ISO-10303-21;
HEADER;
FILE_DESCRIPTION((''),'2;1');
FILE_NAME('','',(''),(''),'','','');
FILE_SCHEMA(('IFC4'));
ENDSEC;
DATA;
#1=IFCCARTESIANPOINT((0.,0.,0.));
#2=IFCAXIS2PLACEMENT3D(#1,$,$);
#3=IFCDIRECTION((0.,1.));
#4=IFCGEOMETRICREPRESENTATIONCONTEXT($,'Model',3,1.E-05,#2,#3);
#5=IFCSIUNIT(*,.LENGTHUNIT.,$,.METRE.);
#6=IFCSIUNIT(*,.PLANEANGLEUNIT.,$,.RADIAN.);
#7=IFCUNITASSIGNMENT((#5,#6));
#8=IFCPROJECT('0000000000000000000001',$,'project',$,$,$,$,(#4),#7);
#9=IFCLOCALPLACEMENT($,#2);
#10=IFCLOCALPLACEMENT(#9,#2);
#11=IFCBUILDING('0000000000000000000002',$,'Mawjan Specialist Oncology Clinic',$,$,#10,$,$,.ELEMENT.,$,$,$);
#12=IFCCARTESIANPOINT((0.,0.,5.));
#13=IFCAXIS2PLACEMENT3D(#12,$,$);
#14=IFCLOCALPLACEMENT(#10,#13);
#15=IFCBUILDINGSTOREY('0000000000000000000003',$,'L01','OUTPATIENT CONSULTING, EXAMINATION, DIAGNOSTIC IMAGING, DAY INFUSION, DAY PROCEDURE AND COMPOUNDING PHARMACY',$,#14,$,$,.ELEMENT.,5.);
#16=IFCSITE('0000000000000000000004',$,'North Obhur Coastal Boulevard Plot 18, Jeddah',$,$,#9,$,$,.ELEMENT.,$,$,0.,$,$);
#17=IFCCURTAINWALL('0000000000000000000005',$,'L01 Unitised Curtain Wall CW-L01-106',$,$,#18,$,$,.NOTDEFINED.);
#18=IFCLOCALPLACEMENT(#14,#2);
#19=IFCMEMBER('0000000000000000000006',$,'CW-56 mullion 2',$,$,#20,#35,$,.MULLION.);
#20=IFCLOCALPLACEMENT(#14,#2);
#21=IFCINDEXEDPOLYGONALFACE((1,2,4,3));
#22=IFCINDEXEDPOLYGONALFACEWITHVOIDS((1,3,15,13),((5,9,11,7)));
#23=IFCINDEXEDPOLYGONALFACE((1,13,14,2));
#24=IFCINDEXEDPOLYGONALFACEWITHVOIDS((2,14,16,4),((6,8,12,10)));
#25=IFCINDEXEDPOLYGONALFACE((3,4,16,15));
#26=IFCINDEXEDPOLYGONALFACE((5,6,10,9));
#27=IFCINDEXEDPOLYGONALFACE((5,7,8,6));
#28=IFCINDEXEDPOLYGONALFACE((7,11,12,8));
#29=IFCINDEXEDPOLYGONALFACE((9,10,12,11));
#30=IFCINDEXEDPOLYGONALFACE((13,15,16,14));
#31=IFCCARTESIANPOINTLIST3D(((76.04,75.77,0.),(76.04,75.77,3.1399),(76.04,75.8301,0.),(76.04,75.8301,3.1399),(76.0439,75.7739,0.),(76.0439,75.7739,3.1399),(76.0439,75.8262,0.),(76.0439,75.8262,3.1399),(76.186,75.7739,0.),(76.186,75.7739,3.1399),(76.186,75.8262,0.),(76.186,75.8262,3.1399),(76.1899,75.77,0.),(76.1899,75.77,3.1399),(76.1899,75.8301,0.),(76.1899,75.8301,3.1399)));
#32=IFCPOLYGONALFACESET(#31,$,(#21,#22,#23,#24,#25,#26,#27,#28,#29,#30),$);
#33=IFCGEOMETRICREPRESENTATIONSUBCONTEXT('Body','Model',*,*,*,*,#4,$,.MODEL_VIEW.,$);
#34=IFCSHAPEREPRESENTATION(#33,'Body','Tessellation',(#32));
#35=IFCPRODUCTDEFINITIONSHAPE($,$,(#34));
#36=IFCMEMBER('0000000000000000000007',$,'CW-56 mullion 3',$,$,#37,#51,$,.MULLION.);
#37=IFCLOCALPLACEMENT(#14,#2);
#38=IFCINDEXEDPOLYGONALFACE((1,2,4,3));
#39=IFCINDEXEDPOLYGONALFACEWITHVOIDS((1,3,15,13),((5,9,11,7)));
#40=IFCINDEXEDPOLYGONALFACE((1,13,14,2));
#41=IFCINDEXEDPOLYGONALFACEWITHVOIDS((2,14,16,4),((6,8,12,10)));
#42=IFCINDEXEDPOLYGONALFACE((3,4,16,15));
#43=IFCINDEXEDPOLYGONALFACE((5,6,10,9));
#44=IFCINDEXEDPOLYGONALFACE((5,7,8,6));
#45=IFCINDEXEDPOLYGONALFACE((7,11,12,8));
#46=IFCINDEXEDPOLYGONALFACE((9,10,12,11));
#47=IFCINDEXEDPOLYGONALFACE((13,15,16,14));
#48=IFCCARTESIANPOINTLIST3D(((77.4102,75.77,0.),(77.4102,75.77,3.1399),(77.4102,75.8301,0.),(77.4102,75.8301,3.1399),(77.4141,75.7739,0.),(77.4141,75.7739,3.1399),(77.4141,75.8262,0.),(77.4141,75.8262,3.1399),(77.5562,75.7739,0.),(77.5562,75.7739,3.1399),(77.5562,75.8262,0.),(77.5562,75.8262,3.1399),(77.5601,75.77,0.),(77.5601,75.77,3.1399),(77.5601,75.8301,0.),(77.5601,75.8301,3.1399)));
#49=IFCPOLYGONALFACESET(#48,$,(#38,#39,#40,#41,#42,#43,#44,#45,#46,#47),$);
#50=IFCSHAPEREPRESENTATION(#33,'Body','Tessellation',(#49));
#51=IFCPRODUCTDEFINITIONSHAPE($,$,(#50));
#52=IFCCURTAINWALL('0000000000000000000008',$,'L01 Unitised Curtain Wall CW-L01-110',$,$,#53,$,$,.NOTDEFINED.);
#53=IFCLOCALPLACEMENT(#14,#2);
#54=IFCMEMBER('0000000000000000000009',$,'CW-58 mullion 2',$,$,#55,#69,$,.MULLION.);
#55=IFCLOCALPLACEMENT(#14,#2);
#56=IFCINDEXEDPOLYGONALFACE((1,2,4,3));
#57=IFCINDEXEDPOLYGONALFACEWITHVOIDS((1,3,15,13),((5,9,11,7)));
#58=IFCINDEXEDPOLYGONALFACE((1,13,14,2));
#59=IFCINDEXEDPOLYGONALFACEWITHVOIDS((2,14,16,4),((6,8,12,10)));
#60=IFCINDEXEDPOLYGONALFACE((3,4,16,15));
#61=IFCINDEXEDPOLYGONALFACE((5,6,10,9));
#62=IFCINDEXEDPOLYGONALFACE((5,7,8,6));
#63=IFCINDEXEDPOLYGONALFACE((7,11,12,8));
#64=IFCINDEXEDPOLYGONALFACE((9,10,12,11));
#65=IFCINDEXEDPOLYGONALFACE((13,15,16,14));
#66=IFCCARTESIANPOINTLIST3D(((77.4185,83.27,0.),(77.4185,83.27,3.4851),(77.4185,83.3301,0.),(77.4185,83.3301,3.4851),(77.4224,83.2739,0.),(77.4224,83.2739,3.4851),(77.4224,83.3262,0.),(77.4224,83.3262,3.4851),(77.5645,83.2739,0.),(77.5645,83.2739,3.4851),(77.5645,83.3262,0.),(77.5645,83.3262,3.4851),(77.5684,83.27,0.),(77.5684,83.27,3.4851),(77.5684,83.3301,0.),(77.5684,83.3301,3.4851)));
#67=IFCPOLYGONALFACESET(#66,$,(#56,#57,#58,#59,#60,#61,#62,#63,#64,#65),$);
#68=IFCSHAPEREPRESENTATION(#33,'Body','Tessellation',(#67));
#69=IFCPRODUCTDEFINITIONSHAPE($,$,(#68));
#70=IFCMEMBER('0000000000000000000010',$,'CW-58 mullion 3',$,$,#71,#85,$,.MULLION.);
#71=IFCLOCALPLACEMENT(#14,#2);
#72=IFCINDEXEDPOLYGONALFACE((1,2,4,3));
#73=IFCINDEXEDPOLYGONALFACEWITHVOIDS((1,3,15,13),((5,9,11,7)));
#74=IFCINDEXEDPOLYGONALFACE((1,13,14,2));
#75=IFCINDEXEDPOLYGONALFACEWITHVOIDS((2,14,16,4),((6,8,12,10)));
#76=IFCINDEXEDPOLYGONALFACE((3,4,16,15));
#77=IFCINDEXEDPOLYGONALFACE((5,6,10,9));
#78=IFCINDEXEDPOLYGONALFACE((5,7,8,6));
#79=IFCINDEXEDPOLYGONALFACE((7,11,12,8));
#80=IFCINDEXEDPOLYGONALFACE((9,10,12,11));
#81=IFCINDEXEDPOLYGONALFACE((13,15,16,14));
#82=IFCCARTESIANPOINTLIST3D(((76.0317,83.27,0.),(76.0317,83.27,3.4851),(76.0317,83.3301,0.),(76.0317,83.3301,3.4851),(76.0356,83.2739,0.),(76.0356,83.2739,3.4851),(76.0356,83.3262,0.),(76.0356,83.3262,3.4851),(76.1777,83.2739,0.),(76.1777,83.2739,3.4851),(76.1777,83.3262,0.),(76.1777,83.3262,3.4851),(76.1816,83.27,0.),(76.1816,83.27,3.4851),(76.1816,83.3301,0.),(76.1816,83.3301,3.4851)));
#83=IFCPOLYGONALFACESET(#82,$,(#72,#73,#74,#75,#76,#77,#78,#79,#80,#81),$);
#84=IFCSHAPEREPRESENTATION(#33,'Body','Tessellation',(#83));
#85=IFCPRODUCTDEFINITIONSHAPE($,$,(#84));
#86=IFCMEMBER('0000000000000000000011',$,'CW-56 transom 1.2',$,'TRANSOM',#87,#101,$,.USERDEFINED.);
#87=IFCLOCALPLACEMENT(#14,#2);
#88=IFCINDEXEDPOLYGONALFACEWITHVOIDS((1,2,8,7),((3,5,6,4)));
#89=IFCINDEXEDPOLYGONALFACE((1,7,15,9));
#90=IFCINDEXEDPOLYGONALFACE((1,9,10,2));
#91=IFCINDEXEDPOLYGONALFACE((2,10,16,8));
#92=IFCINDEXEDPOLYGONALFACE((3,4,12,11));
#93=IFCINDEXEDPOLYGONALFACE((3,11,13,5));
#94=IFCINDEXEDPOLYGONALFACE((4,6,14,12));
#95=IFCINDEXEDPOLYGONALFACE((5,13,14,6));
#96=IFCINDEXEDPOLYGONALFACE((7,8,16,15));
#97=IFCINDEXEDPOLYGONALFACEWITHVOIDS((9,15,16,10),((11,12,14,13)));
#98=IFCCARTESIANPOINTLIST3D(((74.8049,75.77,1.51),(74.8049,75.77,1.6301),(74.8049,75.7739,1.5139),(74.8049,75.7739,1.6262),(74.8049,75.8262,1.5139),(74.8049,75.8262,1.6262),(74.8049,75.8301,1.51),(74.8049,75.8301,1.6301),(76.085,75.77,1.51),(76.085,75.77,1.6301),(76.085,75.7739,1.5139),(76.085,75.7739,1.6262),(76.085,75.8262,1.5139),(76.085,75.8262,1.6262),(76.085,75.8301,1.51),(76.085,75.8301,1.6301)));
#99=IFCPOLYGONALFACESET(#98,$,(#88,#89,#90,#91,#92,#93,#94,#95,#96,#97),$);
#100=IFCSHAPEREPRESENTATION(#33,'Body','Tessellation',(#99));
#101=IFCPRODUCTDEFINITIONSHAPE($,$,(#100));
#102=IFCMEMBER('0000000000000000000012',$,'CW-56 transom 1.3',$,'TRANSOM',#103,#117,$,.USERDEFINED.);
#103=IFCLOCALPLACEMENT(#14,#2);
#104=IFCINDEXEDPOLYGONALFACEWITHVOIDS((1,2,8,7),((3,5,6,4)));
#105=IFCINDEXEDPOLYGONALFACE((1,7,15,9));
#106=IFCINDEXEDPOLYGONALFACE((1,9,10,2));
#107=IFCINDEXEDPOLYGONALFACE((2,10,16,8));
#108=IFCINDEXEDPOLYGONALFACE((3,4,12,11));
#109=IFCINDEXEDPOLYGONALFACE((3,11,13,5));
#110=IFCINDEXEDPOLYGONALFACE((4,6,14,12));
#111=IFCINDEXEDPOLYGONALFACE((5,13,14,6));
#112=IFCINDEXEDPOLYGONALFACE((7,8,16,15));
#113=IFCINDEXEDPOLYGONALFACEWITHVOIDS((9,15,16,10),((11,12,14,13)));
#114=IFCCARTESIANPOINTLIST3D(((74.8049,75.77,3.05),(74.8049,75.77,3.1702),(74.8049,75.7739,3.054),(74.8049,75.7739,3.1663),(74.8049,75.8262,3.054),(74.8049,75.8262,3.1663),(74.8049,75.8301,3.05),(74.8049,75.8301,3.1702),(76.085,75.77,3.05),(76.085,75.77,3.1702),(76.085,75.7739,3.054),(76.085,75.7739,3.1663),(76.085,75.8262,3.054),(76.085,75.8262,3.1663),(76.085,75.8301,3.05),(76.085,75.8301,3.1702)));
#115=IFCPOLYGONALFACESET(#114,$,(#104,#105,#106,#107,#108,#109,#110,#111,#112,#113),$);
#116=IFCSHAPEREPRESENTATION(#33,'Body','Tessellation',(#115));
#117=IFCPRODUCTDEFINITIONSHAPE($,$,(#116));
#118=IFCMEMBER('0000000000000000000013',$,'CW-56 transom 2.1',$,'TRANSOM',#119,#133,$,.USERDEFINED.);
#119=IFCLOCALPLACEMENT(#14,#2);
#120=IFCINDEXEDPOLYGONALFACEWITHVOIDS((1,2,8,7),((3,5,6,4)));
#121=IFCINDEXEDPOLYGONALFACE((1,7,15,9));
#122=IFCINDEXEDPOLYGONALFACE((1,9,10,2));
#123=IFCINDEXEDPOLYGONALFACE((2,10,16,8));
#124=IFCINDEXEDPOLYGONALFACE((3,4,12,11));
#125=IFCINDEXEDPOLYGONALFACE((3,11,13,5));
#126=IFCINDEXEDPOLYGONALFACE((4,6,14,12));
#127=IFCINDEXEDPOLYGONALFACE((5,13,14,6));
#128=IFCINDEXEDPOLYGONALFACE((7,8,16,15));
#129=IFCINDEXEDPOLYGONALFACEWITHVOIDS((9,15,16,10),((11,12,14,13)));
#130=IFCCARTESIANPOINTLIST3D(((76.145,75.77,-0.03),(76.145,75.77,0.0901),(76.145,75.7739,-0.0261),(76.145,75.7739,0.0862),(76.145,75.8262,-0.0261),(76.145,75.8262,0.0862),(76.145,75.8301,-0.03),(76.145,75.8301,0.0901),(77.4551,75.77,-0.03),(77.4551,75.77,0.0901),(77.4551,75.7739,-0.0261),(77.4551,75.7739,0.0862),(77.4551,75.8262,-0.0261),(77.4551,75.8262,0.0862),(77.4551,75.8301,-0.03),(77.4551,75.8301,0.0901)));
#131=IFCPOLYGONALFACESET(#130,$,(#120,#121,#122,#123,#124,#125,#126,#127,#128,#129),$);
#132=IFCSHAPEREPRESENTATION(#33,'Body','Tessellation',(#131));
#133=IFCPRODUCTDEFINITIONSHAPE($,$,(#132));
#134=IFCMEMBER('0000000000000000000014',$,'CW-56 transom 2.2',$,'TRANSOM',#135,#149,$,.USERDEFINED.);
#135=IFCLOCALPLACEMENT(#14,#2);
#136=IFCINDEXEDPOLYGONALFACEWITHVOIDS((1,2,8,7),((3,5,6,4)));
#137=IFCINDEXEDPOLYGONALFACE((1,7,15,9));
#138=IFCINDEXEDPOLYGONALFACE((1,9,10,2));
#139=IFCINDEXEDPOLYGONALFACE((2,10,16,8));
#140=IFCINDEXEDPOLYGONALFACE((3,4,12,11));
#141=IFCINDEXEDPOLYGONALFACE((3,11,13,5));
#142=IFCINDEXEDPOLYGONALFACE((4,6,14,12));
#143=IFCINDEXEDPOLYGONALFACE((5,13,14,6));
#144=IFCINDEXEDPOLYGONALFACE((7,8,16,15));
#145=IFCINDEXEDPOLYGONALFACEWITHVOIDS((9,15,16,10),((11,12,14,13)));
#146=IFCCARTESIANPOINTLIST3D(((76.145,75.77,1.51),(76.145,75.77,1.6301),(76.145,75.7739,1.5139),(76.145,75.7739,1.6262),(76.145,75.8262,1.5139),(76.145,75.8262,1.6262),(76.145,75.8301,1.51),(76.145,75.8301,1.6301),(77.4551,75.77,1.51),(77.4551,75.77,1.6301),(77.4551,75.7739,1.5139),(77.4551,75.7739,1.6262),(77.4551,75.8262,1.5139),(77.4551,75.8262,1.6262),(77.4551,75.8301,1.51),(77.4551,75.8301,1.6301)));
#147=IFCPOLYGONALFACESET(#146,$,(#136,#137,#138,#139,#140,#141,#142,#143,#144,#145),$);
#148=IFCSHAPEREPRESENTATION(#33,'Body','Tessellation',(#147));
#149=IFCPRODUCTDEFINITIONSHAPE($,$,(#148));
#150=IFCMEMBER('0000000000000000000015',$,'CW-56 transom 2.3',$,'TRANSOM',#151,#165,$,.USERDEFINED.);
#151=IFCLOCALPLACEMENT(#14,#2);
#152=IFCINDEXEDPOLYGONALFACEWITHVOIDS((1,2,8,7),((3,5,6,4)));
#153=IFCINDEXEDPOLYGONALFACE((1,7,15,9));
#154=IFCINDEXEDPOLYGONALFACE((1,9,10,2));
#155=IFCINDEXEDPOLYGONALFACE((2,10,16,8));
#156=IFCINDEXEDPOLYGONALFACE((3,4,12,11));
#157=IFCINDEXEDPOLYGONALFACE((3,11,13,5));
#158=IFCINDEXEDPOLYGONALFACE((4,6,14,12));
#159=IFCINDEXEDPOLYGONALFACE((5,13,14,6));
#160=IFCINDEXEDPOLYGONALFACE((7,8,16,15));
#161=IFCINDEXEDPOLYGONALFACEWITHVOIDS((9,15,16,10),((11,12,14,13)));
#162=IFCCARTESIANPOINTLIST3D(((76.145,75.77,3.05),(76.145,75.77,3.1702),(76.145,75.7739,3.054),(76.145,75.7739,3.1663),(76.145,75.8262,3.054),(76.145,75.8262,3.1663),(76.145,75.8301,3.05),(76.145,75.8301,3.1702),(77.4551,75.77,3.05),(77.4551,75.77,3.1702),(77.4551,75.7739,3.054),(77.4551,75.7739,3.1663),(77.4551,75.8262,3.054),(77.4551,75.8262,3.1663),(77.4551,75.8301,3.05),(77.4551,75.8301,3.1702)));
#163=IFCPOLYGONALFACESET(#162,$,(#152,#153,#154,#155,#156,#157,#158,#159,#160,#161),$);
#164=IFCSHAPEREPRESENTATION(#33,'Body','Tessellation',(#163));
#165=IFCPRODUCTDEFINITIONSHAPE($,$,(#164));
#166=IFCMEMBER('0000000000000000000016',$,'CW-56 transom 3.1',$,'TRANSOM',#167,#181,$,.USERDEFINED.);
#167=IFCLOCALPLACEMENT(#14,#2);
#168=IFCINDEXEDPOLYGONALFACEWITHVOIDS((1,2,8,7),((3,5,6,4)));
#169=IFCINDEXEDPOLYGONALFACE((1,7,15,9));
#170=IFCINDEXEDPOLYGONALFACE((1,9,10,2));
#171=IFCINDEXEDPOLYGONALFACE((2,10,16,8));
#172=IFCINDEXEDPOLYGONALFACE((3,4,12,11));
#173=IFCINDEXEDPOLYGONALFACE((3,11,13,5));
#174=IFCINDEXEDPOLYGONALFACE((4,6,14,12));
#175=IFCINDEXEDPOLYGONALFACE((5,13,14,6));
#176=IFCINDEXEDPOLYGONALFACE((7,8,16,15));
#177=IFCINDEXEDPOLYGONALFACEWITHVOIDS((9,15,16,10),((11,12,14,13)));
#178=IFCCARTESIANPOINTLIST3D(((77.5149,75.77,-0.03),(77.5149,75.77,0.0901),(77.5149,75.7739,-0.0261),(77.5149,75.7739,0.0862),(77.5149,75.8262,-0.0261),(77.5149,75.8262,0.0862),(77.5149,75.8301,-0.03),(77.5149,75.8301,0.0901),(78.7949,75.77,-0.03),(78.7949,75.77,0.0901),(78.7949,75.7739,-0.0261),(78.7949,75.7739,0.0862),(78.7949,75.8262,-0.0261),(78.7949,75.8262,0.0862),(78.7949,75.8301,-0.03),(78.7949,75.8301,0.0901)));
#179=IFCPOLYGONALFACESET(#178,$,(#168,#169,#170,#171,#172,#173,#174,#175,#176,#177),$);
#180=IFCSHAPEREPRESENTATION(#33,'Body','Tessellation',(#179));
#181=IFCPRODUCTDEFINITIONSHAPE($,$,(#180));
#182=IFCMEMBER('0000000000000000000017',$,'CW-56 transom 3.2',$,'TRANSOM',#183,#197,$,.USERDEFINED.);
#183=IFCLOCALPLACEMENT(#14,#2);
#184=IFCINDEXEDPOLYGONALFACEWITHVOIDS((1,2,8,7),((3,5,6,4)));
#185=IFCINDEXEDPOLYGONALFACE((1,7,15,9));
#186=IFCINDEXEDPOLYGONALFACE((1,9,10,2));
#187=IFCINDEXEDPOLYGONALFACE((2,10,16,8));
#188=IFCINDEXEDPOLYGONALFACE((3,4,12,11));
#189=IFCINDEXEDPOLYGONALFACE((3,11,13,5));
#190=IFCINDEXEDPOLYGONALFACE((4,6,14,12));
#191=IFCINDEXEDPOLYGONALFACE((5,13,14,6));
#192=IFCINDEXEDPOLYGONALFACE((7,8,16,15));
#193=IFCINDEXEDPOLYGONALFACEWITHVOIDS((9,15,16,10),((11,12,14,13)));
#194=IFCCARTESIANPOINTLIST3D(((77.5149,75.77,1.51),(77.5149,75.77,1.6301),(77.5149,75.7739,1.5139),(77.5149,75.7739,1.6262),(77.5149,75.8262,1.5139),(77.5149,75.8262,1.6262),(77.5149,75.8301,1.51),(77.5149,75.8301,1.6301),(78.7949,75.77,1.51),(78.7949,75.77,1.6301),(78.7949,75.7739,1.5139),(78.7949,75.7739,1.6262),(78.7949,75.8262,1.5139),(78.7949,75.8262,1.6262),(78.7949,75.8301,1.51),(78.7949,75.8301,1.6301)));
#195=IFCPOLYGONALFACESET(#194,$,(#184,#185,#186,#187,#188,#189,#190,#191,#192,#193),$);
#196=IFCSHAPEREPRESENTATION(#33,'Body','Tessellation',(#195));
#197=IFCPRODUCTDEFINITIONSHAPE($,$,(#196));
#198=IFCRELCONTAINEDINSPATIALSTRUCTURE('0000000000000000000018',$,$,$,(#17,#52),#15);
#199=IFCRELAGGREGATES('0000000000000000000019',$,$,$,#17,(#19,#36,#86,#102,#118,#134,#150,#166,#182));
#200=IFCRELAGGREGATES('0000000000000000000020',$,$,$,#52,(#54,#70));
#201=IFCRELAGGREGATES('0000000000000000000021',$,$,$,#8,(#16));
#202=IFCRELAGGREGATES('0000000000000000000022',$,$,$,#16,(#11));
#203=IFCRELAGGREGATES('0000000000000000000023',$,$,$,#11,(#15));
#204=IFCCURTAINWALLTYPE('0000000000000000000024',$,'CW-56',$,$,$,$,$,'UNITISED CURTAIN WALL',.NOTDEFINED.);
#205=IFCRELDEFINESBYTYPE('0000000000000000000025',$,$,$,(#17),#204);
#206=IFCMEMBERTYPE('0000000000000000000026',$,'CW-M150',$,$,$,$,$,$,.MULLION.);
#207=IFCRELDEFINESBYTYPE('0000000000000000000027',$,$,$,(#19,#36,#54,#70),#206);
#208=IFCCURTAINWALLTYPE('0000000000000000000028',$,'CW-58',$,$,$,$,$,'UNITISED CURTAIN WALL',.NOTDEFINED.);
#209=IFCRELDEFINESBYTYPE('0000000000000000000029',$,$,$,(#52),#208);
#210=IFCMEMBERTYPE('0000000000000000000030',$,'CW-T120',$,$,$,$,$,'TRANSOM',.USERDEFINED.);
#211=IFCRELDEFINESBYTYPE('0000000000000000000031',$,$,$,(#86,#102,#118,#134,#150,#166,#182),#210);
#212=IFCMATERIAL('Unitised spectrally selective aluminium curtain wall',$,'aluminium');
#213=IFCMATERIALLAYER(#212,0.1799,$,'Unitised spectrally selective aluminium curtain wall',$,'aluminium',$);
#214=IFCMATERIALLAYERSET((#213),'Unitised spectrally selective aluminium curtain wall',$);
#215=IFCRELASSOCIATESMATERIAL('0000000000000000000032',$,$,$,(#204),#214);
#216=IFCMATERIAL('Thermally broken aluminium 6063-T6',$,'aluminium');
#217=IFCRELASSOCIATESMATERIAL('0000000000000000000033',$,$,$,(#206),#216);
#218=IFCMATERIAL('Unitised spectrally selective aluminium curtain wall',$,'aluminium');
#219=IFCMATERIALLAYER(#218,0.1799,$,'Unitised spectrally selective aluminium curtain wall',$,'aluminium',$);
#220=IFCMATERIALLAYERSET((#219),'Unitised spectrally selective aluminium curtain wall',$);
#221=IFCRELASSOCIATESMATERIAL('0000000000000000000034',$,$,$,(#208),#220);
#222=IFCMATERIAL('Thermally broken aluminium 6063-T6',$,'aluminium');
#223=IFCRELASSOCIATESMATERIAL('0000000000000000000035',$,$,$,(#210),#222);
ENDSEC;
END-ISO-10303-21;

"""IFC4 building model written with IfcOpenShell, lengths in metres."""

from ifc_helpers import new_model, si_unit, direction, frame, origin, origin_2d, place, context, subcontext, project, spatial, hollow_rectangle, extrude, material, layer, layer_set, material_profile, profile_set, type_object, element, aggregate, save


model = new_model("IFC4")

# Units and contexts
model_context = context("Model", 3, precision=1e-05, world=origin(), true_north=direction((0.0, 1.0)))
body_context = subcontext(model_context, "Body", "Model", "MODEL_VIEW")
ifc_project = project(units=[si_unit("LENGTHUNIT", "METRE"), si_unit("PLANEANGLEUNIT", "RADIAN")], contexts=[model_context])

# Site, building, storey
site_placement = place(None, origin())
site = spatial("IfcSite", under=ifc_project, at=site_placement, Name="North Obhur Coastal Boulevard Plot 18, Jeddah", CompositionType="ELEMENT", RefElevation=0.0)
building_placement = place(site_placement, origin())
building = spatial("IfcBuilding", under=site, at=building_placement, Name="Mawjan Specialist Oncology Clinic", CompositionType="ELEMENT")
storey_placement = place(building_placement, frame((0.0, 0.0, 5.0)))
storey = spatial("IfcBuildingStorey", under=building, at=storey_placement, Name="L01", Description="OUTPATIENT CONSULTING, EXAMINATION, DIAGNOSTIC IMAGING, DAY INFUSION, DAY PROCEDURE AND COMPOUNDING PHARMACY", CompositionType="ELEMENT", Elevation=5.0)

# Curtain walls, members
ifc_material_1 = material(Name="Unitised spectrally selective aluminium curtain wall", Category="aluminium")
ifc_layer_1 = layer(ifc_material_1, 0.1799, Name="Unitised spectrally selective aluminium curtain wall", Category="aluminium")
ifc_layer_set_1 = layer_set([ifc_layer_1], Name="Unitised spectrally selective aluminium curtain wall")
curtain_wall_type_1 = type_object("IfcCurtainWallType", Name="CW-56", ElementType="UNITISED CURTAIN WALL", PredefinedType="NOTDEFINED", material=ifc_layer_set_1)
curtain_wall_1_placement = place(storey_placement, origin())
curtain_wall_1 = element("IfcCurtainWall", 1, at=curtain_wall_1_placement, inside=storey, type_object=curtain_wall_type_1, Name="L01 Unitised Curtain Wall CW-L01-106", PredefinedType="NOTDEFINED")
ifc_material_2 = material(Name="Thermally broken aluminium 6063-T6", Category="aluminium")
ifc_material_profile_1 = material_profile(ifc_material_2, hollow_rectangle(XDim=0.0601, YDim=0.1499, WallThickness=0.0039, at=origin_2d()), Name="ALU MULLION 150x60x4", Category="aluminium")
ifc_profile_set_1 = profile_set([ifc_material_profile_1], Name="Thermally broken aluminium 6063-T6")
member_type_1 = type_object("IfcMemberType", Name="CW-M150", PredefinedType="MULLION", material=ifc_profile_set_1)
member_1_placement = place(storey_placement, frame((76.115, 75.8, 0.0), z_axis=(0.0, 0.0, 1.0), x_axis=(0.0, 1.0, 0.0)))
member_1 = element("IfcMember", 2, at=member_1_placement, type_object=member_type_1, Name="CW-56 mullion 2", PredefinedType="MULLION", context=body_context, shape_type="SweptSolid", body=[
    extrude(hollow_rectangle(XDim=0.0601, YDim=0.1499, WallThickness=0.0039, at=origin_2d()), origin(), (0.0, 0.0, 1.0), 3.1399),
])
member_2_placement = place(storey_placement, frame((77.4851, 75.8, 0.0), z_axis=(0.0, 0.0, 1.0), x_axis=(0.0, 1.0, 0.0)))
member_2 = element("IfcMember", 3, at=member_2_placement, type_object=member_type_1, Name="CW-56 mullion 3", PredefinedType="MULLION", context=body_context, shape_type="SweptSolid", body=[
    extrude(hollow_rectangle(XDim=0.0601, YDim=0.1499, WallThickness=0.0039, at=origin_2d()), origin(), (0.0, 0.0, 1.0), 3.1399),
])
ifc_material_3 = material(Name="Unitised spectrally selective aluminium curtain wall", Category="aluminium")
ifc_layer_2 = layer(ifc_material_3, 0.1799, Name="Unitised spectrally selective aluminium curtain wall", Category="aluminium")
ifc_layer_set_2 = layer_set([ifc_layer_2], Name="Unitised spectrally selective aluminium curtain wall")
curtain_wall_type_2 = type_object("IfcCurtainWallType", Name="CW-58", ElementType="UNITISED CURTAIN WALL", PredefinedType="NOTDEFINED", material=ifc_layer_set_2)
curtain_wall_2_placement = place(storey_placement, origin())
curtain_wall_2 = element("IfcCurtainWall", 4, at=curtain_wall_2_placement, inside=storey, type_object=curtain_wall_type_2, Name="L01 Unitised Curtain Wall CW-L01-110", PredefinedType="NOTDEFINED")
member_3_placement = place(storey_placement, frame((77.4934, 83.3, 0.0), z_axis=(0.0, 0.0, 1.0), x_axis=(0.0, -1.0, 0.0)))
member_3 = element("IfcMember", 5, at=member_3_placement, type_object=member_type_1, Name="CW-58 mullion 2", PredefinedType="MULLION", context=body_context, shape_type="SweptSolid", body=[
    extrude(hollow_rectangle(XDim=0.0601, YDim=0.1499, WallThickness=0.0039, at=origin_2d()), origin(), (0.0, 0.0, 1.0), 3.4851),
])
member_4_placement = place(storey_placement, frame((76.1067, 83.3, 0.0), z_axis=(0.0, 0.0, 1.0), x_axis=(0.0, -1.0, 0.0)))
member_4 = element("IfcMember", 6, at=member_4_placement, type_object=member_type_1, Name="CW-58 mullion 3", PredefinedType="MULLION", context=body_context, shape_type="SweptSolid", body=[
    extrude(hollow_rectangle(XDim=0.0601, YDim=0.1499, WallThickness=0.0039, at=origin_2d()), origin(), (0.0, 0.0, 1.0), 3.4851),
])

# Members
ifc_material_4 = material(Name="Thermally broken aluminium 6063-T6", Category="aluminium")
ifc_material_profile_2 = material_profile(ifc_material_4, hollow_rectangle(XDim=0.0601, YDim=0.1201, WallThickness=0.0039, at=origin_2d()), Name="ALU TRANSOM 120x60x4", Category="aluminium")
ifc_profile_set_2 = profile_set([ifc_material_profile_2], Name="Thermally broken aluminium 6063-T6")
member_type_2 = type_object("IfcMemberType", Name="CW-T120", ElementType="TRANSOM", PredefinedType="USERDEFINED", material=ifc_profile_set_2)
member_5_placement = place(storey_placement, frame((74.8049, 75.8, 1.5701), z_axis=(1.0, 0.0, 0.0), x_axis=(0.0, 1.0, 0.0)))
member_5 = element("IfcMember", 7, at=member_5_placement, type_object=member_type_2, Name="CW-56 transom 1.2", ObjectType="TRANSOM", PredefinedType="USERDEFINED", context=body_context, shape_type="SweptSolid", body=[
    extrude(hollow_rectangle(XDim=0.0601, YDim=0.1201, WallThickness=0.0039, at=origin_2d()), origin(), (0.0, 0.0, 1.0), 1.28),
])
member_6_placement = place(storey_placement, frame((74.8049, 75.8, 3.1101), z_axis=(1.0, 0.0, 0.0), x_axis=(0.0, 1.0, 0.0)))
member_6 = element("IfcMember", 8, at=member_6_placement, type_object=member_type_2, Name="CW-56 transom 1.3", ObjectType="TRANSOM", PredefinedType="USERDEFINED", context=body_context, shape_type="SweptSolid", body=[
    extrude(hollow_rectangle(XDim=0.0601, YDim=0.1201, WallThickness=0.0039, at=origin_2d()), origin(), (0.0, 0.0, 1.0), 1.28),
])
member_7_placement = place(storey_placement, frame((76.145, 75.8, 0.03), z_axis=(1.0, 0.0, 0.0), x_axis=(0.0, 1.0, 0.0)))
member_7 = element("IfcMember", 9, at=member_7_placement, type_object=member_type_2, Name="CW-56 transom 2.1", ObjectType="TRANSOM", PredefinedType="USERDEFINED", context=body_context, shape_type="SweptSolid", body=[
    extrude(hollow_rectangle(XDim=0.0601, YDim=0.1201, WallThickness=0.0039, at=origin_2d()), origin(), (0.0, 0.0, 1.0), 1.3101),
])
member_8_placement = place(storey_placement, frame((76.145, 75.8, 1.5701), z_axis=(1.0, 0.0, 0.0), x_axis=(0.0, 1.0, 0.0)))
member_8 = element("IfcMember", 10, at=member_8_placement, type_object=member_type_2, Name="CW-56 transom 2.2", ObjectType="TRANSOM", PredefinedType="USERDEFINED", context=body_context, shape_type="SweptSolid", body=[
    extrude(hollow_rectangle(XDim=0.0601, YDim=0.1201, WallThickness=0.0039, at=origin_2d()), origin(), (0.0, 0.0, 1.0), 1.3101),
])
member_9_placement = place(storey_placement, frame((76.145, 75.8, 3.1101), z_axis=(1.0, 0.0, 0.0), x_axis=(0.0, 1.0, 0.0)))
member_9 = element("IfcMember", 11, at=member_9_placement, type_object=member_type_2, Name="CW-56 transom 2.3", ObjectType="TRANSOM", PredefinedType="USERDEFINED", context=body_context, shape_type="SweptSolid", body=[
    extrude(hollow_rectangle(XDim=0.0601, YDim=0.1201, WallThickness=0.0039, at=origin_2d()), origin(), (0.0, 0.0, 1.0), 1.3101),
])
member_10_placement = place(storey_placement, frame((77.5149, 75.8, 0.03), z_axis=(1.0, 0.0, 0.0), x_axis=(0.0, 1.0, 0.0)))
member_10 = element("IfcMember", 12, at=member_10_placement, type_object=member_type_2, Name="CW-56 transom 3.1", ObjectType="TRANSOM", PredefinedType="USERDEFINED", context=body_context, shape_type="SweptSolid", body=[
    extrude(hollow_rectangle(XDim=0.0601, YDim=0.1201, WallThickness=0.0039, at=origin_2d()), origin(), (0.0, 0.0, 1.0), 1.28),
])
member_11_placement = place(storey_placement, frame((77.5149, 75.8, 1.5701), z_axis=(1.0, 0.0, 0.0), x_axis=(0.0, 1.0, 0.0)))
member_11 = element("IfcMember", 13, at=member_11_placement, type_object=member_type_2, Name="CW-56 transom 3.2", ObjectType="TRANSOM", PredefinedType="USERDEFINED", context=body_context, shape_type="SweptSolid", body=[
    extrude(hollow_rectangle(XDim=0.0601, YDim=0.1201, WallThickness=0.0039, at=origin_2d()), origin(), (0.0, 0.0, 1.0), 1.28),
])

aggregate(curtain_wall_1, [member_1, member_2, member_5, member_6, member_7, member_8, member_9, member_10, member_11])
aggregate(curtain_wall_2, [member_3, member_4])

save(model, "model.ifc")
